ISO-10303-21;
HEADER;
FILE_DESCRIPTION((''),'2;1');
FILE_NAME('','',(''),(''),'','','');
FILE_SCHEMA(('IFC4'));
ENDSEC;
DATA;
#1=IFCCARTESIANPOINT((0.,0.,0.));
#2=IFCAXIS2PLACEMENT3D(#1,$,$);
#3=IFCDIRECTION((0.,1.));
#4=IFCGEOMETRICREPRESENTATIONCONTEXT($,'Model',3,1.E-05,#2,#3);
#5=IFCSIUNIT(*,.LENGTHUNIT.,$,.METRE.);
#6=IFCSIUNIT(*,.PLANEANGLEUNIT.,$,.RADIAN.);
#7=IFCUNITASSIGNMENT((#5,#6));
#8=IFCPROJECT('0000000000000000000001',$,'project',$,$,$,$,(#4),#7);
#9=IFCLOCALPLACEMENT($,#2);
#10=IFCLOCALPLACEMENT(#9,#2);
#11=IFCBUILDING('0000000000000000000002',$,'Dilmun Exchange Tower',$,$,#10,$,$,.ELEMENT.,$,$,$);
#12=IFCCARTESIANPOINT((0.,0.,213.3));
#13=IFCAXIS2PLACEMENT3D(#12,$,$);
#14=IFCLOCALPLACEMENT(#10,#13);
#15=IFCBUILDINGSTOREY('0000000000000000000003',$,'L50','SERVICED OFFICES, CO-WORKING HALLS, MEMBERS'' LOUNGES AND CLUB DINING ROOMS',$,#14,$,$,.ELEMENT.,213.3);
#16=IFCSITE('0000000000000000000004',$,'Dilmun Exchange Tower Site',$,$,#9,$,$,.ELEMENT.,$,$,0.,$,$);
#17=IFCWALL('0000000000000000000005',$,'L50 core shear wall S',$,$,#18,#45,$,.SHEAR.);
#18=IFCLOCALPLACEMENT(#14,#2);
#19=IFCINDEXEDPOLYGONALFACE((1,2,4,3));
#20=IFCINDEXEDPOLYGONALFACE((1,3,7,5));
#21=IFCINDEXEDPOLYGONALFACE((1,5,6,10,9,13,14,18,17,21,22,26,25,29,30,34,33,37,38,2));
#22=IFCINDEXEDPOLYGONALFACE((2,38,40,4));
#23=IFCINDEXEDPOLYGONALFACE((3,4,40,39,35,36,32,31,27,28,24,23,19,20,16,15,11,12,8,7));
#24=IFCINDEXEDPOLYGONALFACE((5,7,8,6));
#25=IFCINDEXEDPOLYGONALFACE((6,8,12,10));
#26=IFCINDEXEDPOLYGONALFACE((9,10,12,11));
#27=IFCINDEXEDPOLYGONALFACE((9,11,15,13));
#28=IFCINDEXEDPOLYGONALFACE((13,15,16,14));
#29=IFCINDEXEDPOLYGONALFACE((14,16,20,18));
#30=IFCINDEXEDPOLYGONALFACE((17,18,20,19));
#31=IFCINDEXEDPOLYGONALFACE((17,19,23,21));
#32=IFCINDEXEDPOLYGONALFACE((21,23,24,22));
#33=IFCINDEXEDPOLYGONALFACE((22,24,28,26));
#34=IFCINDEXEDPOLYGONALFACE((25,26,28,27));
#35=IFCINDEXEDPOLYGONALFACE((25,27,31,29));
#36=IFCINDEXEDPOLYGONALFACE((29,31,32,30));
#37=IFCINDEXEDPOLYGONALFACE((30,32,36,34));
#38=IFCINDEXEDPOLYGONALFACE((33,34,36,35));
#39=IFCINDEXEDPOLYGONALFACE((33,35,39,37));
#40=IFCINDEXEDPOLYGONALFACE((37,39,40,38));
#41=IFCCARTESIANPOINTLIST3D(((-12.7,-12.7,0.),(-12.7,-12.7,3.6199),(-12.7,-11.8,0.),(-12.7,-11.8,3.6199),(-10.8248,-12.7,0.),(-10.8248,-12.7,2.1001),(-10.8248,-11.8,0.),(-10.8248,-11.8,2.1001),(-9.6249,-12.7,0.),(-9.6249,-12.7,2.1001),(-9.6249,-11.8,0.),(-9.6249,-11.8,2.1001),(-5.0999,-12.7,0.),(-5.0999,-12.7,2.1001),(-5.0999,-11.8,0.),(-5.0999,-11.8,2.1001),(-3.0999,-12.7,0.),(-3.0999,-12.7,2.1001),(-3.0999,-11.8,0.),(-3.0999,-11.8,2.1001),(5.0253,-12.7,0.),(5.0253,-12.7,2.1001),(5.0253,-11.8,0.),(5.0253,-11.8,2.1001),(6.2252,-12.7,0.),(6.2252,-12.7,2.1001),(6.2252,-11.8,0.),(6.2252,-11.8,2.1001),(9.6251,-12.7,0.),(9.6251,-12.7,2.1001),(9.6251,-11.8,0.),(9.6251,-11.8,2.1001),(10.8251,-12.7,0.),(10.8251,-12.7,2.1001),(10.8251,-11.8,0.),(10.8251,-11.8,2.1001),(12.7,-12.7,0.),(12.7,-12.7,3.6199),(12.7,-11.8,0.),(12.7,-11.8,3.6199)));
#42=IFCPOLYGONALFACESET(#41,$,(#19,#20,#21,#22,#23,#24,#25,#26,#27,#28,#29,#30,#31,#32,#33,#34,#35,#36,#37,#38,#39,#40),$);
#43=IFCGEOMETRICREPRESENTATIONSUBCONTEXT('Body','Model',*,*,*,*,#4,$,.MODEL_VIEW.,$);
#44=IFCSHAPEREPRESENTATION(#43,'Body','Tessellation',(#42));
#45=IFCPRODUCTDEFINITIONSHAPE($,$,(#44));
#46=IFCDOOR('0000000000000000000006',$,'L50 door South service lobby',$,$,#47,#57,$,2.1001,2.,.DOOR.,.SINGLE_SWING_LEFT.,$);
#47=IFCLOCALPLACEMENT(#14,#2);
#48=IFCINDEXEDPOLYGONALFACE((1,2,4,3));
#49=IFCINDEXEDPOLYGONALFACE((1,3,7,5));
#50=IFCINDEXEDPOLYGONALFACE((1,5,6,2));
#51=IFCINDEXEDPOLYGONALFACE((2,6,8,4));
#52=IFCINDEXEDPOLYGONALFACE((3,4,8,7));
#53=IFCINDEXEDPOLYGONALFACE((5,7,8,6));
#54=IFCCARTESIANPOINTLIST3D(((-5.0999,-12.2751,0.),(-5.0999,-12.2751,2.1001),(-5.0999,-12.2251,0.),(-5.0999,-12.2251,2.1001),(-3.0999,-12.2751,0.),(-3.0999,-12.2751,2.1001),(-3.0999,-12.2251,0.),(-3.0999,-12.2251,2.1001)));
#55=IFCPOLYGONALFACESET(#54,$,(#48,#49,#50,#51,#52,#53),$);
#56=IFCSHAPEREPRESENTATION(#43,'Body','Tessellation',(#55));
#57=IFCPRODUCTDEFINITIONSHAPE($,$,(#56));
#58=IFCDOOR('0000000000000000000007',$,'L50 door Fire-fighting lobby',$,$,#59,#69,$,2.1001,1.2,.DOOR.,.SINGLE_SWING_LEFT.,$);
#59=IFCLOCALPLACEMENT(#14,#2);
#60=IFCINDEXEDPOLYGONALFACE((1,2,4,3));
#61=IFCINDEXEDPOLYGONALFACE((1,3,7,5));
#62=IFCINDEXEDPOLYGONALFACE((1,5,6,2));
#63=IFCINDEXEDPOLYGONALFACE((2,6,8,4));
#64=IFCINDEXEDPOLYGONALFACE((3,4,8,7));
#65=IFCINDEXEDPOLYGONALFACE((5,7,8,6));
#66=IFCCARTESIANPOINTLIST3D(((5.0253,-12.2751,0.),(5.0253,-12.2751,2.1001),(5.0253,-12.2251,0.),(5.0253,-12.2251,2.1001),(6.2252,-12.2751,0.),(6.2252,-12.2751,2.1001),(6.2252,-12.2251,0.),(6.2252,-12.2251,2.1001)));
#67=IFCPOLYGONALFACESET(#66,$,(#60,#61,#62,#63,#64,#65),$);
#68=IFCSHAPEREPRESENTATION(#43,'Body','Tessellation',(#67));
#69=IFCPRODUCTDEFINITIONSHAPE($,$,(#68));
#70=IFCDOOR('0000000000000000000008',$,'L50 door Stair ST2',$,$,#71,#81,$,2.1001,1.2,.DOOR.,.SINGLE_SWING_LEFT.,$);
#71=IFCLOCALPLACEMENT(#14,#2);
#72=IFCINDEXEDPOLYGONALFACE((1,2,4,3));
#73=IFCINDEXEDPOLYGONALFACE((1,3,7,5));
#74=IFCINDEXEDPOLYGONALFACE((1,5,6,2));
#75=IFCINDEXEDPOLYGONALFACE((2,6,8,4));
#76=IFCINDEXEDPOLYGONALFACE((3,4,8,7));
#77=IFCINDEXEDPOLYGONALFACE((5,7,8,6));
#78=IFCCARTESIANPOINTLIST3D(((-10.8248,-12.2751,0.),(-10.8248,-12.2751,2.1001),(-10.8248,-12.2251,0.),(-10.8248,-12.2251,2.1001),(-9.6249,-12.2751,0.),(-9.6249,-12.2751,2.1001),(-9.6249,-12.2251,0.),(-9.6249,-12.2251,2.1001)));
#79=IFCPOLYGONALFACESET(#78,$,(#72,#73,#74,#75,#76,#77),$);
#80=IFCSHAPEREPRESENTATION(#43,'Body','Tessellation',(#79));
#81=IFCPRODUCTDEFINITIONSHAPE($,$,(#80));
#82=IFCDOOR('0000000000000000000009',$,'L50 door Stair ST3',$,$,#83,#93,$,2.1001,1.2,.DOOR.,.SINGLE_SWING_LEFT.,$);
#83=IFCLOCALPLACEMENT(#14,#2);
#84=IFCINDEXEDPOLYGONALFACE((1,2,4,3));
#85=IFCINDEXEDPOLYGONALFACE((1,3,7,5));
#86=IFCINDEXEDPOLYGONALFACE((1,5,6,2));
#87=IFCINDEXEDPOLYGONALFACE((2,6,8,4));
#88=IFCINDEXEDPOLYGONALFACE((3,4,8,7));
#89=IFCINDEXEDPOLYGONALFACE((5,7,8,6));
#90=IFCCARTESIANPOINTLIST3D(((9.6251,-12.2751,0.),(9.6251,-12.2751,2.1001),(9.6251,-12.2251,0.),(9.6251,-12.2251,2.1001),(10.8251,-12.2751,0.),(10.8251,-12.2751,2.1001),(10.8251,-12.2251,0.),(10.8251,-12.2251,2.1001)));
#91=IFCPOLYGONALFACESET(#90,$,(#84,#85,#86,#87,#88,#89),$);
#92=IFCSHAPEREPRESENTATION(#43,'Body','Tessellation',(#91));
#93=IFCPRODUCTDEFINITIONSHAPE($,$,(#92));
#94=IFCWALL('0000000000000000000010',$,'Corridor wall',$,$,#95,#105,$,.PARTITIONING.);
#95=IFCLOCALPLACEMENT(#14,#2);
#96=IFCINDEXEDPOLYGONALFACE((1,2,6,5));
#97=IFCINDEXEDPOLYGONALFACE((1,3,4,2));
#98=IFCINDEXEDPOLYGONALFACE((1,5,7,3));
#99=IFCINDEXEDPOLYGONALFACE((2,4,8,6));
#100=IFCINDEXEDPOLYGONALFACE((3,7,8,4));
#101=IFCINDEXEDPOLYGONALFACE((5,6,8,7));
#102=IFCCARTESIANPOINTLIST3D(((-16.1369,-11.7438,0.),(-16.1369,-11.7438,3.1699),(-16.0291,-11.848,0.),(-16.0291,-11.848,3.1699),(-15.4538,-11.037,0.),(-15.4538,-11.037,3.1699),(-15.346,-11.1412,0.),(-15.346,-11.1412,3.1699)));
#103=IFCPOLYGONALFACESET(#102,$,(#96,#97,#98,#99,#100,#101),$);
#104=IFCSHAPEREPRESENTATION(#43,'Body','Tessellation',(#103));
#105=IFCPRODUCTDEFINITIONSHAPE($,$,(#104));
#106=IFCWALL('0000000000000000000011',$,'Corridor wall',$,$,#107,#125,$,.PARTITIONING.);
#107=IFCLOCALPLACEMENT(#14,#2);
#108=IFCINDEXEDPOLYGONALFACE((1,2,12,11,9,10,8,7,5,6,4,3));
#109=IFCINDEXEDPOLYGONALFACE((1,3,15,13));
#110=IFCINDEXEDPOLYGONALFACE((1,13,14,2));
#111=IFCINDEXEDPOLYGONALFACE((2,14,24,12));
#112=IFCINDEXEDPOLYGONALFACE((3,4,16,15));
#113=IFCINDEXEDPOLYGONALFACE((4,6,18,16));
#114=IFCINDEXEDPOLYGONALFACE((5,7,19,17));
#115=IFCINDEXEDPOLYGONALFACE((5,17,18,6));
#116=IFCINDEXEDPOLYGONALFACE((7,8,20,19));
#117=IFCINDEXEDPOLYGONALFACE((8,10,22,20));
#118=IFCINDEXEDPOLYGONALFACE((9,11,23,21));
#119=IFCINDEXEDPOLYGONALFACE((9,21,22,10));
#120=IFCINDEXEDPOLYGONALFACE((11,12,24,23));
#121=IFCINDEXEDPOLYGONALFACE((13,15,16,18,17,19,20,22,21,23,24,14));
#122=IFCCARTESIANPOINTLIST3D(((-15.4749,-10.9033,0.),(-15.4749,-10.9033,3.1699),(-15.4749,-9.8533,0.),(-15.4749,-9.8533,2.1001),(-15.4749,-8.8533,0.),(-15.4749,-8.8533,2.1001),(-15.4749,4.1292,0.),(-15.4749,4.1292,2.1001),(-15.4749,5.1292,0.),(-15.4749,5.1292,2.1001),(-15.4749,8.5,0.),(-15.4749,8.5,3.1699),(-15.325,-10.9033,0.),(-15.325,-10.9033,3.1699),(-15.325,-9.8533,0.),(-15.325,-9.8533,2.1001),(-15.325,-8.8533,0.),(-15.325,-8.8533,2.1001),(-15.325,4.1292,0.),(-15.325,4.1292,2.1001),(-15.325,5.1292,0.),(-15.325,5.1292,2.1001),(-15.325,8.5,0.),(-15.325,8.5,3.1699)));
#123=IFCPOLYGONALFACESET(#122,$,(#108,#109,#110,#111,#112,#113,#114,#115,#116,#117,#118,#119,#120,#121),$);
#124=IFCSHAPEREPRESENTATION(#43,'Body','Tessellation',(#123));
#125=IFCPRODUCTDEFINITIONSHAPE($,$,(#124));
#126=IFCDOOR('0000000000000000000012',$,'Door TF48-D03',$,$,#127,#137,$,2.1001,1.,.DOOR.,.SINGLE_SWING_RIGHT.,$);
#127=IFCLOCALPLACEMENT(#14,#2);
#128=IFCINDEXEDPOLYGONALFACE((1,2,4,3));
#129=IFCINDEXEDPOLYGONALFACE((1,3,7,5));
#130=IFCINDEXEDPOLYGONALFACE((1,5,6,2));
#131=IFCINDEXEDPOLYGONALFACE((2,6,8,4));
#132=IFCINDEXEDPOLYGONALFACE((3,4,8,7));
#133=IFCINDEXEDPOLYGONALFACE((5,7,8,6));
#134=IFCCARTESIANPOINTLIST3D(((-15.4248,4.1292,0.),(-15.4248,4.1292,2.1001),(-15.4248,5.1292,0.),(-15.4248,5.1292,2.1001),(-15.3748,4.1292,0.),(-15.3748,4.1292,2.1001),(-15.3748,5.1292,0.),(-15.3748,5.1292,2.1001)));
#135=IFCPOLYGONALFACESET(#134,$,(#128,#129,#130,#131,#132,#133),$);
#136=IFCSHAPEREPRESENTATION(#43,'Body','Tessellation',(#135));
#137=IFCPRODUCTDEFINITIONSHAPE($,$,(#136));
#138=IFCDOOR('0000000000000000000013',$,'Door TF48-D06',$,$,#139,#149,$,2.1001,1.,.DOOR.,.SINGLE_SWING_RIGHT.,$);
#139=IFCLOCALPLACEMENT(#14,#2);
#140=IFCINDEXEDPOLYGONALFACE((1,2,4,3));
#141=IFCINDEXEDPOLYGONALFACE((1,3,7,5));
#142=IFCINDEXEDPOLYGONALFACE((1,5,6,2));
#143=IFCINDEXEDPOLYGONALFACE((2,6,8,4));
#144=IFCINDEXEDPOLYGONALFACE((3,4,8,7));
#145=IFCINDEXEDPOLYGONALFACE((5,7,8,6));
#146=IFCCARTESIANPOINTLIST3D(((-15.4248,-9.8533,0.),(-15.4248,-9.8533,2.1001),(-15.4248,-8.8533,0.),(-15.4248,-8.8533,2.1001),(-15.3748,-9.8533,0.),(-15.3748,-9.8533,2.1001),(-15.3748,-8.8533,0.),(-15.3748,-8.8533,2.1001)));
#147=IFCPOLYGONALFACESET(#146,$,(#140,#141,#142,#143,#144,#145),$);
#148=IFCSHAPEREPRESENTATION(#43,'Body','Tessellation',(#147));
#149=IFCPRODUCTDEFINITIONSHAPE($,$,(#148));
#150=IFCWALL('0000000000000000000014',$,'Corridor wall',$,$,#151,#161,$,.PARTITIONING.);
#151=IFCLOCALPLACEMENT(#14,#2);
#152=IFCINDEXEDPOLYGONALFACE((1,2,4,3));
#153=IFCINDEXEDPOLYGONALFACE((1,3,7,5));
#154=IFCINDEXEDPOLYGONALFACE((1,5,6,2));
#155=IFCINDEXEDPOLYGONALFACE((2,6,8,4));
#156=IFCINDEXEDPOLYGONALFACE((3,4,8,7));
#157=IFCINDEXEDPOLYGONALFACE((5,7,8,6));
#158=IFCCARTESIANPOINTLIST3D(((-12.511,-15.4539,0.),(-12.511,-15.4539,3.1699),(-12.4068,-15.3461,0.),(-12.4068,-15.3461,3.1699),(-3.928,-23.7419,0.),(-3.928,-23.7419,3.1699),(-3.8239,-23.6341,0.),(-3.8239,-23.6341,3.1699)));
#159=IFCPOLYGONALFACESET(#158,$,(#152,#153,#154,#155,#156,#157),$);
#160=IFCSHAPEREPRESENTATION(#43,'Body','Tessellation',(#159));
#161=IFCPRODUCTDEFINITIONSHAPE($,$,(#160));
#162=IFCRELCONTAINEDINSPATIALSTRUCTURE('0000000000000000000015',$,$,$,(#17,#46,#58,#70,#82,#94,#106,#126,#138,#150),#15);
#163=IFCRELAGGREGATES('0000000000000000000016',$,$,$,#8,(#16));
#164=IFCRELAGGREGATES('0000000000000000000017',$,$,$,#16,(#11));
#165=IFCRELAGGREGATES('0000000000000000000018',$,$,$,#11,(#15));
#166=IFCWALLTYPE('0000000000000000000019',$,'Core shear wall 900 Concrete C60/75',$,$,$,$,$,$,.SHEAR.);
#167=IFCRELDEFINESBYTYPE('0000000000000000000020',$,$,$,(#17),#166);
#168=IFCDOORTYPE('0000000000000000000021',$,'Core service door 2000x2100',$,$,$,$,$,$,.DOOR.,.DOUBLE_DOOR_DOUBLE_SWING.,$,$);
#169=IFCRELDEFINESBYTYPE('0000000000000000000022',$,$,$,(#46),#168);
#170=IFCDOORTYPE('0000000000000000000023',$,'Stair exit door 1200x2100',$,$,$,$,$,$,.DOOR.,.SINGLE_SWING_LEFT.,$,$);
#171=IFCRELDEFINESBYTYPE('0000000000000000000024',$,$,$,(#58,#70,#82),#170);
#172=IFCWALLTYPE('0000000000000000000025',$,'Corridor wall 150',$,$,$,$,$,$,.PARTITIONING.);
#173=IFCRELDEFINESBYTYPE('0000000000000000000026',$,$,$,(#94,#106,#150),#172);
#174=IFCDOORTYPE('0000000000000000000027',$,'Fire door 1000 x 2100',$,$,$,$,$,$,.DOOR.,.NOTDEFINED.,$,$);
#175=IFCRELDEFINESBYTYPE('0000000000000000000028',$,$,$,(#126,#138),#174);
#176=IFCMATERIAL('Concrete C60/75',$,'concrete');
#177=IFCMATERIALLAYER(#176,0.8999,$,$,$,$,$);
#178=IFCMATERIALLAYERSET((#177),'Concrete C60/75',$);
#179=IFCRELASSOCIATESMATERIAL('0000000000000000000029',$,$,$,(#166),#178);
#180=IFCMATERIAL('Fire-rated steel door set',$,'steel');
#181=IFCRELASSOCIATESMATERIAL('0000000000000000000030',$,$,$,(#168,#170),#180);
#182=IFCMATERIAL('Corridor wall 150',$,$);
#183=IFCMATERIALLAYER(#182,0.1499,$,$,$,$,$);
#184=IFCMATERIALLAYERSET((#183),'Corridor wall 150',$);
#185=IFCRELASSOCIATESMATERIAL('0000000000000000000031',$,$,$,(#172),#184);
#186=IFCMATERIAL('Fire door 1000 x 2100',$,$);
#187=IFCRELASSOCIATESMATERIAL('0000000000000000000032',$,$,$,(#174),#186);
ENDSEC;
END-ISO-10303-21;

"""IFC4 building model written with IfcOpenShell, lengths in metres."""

from ifc_helpers import new_model, si_unit, direction, frame, frame_2d, origin, place, context, subcontext, project, spatial, rectangle, extrude, material, layer, layer_set, type_object, element, fill, save


model = new_model("IFC4")

# Units and contexts
model_context = context("Model", 3, precision=1e-05, world=origin(), true_north=direction((0.0, 1.0)))
body_context = subcontext(model_context, "Body", "Model", "MODEL_VIEW")
ifc_project = project(units=[si_unit("LENGTHUNIT", "METRE"), si_unit("PLANEANGLEUNIT", "RADIAN")], contexts=[model_context])

# Site, building, storey
site_placement = place(None, origin())
site = spatial("IfcSite", under=ifc_project, at=site_placement, Name="Dilmun Exchange Tower Site", CompositionType="ELEMENT", RefElevation=0.0)
building_placement = place(site_placement, origin())
building = spatial("IfcBuilding", under=site, at=building_placement, Name="Dilmun Exchange Tower", CompositionType="ELEMENT")
storey_placement = place(building_placement, frame((0.0, 0.0, 213.3)))
storey = spatial("IfcBuildingStorey", under=building, at=storey_placement, Name="L50", Description="SERVICED OFFICES, CO-WORKING HALLS, MEMBERS' LOUNGES AND CLUB DINING ROOMS", CompositionType="ELEMENT", Elevation=213.3)

# Shared definitions
ifc_material_1 = material(Name="Concrete C60/75", Category="concrete")

# Wall, openings, doors
ifc_layer_1 = layer(ifc_material_1, 0.8999)
ifc_layer_set_1 = layer_set([ifc_layer_1], Name="Concrete C60/75")
wall_type_1 = type_object("IfcWallType", Name="Core shear wall 900 Concrete C60/75", PredefinedType="SHEAR", material=ifc_layer_set_1)
wall_1_placement = place(storey_placement, frame((-12.7, -12.25, 0.0), z_axis=(0.0, 0.0, 1.0), x_axis=(1.0, 0.0, 0.0)))
wall_1 = element("IfcWall", 1, at=wall_1_placement, inside=storey, type_object=wall_type_1, Name="L50 core shear wall S", PredefinedType="SHEAR", context=body_context, shape_type="SweptSolid", body=[
    extrude(rectangle(XDim=25.3999, YDim=0.8999, at=frame_2d((12.7, 0.0))), origin(), (0.0, 0.0, 1.0), 3.6199),
])
opening_1_placement = place(wall_1_placement, frame((7.6001, 0.0, 0.0)))
opening_1 = element("IfcOpeningElement", 2, at=opening_1_placement, cuts=wall_1, PredefinedType="OPENING", context=body_context, shape_type="SweptSolid", body=[
    extrude(rectangle(XDim=2.0, YDim=2.1001, at=frame_2d((1.0, 1.05))), frame((0.0, 0.46, 0.0), z_axis=(0.0, -1.0, 0.0), x_axis=(1.0, 0.0, 0.0)), (0.0, 0.0, 1.0), 0.9199),
])
opening_2_placement = place(wall_1_placement, frame((17.7251, 0.0, 0.0)))
opening_2 = element("IfcOpeningElement", 3, at=opening_2_placement, cuts=wall_1, PredefinedType="OPENING", context=body_context, shape_type="SweptSolid", body=[
    extrude(rectangle(XDim=1.2, YDim=2.1001, at=frame_2d((0.6001, 1.05))), frame((0.0, 0.46, 0.0), z_axis=(0.0, -1.0, 0.0), x_axis=(1.0, 0.0, 0.0)), (0.0, 0.0, 1.0), 0.9199),
])
opening_3_placement = place(wall_1_placement, frame((1.875, 0.0, 0.0)))
opening_3 = element("IfcOpeningElement", 4, at=opening_3_placement, cuts=wall_1, PredefinedType="OPENING", context=body_context, shape_type="SweptSolid", body=[
    extrude(rectangle(XDim=1.2, YDim=2.1001, at=frame_2d((0.6001, 1.05))), frame((0.0, 0.46, 0.0), z_axis=(0.0, -1.0, 0.0), x_axis=(1.0, 0.0, 0.0)), (0.0, 0.0, 1.0), 0.9199),
])
opening_4_placement = place(wall_1_placement, frame((22.325, 0.0, 0.0)))
opening_4 = element("IfcOpeningElement", 5, at=opening_4_placement, cuts=wall_1, PredefinedType="OPENING", context=body_context, shape_type="SweptSolid", body=[
    extrude(rectangle(XDim=1.2, YDim=2.1001, at=frame_2d((0.6001, 1.05))), frame((0.0, 0.46, 0.0), z_axis=(0.0, -1.0, 0.0), x_axis=(1.0, 0.0, 0.0)), (0.0, 0.0, 1.0), 0.9199),
])
ifc_material_2 = material(Name="Fire-rated steel door set", Category="steel")
door_type_1 = type_object("IfcDoorType", Name="Core service door 2000x2100", OperationType="DOUBLE_DOOR_DOUBLE_SWING", PredefinedType="DOOR", material=ifc_material_2)
door_1_placement = place(opening_1_placement, origin())
door_1 = element("IfcDoor", 6, at=door_1_placement, inside=storey, type_object=door_type_1, Name="L50 door South service lobby", OperationType="SINGLE_SWING_LEFT", OverallHeight=2.1001, OverallWidth=2.0, PredefinedType="DOOR", context=body_context, shape_type="SweptSolid", body=[
    extrude(rectangle(XDim=2.0, YDim=2.1001, at=frame_2d((1.0, 1.05))), frame((0.0, 0.0249, 0.0), z_axis=(0.0, -1.0, 0.0), x_axis=(1.0, 0.0, 0.0)), (0.0, 0.0, 1.0), 0.05),
])
fill(opening_1, door_1)
door_type_2 = type_object("IfcDoorType", Name="Stair exit door 1200x2100", OperationType="SINGLE_SWING_LEFT", PredefinedType="DOOR", material=ifc_material_2)
door_2_placement = place(opening_2_placement, origin())
door_2 = element("IfcDoor", 7, at=door_2_placement, inside=storey, type_object=door_type_2, Name="L50 door Fire-fighting lobby", OperationType="SINGLE_SWING_LEFT", OverallHeight=2.1001, OverallWidth=1.2, PredefinedType="DOOR", context=body_context, shape_type="SweptSolid", body=[
    extrude(rectangle(XDim=1.2, YDim=2.1001, at=frame_2d((0.6001, 1.05))), frame((0.0, 0.0249, 0.0), z_axis=(0.0, -1.0, 0.0), x_axis=(1.0, 0.0, 0.0)), (0.0, 0.0, 1.0), 0.05),
])
fill(opening_2, door_2)
door_3_placement = place(opening_3_placement, origin())
door_3 = element("IfcDoor", 8, at=door_3_placement, inside=storey, type_object=door_type_2, Name="L50 door Stair ST2", OperationType="SINGLE_SWING_LEFT", OverallHeight=2.1001, OverallWidth=1.2, PredefinedType="DOOR", context=body_context, shape_type="SweptSolid", body=[
    extrude(rectangle(XDim=1.2, YDim=2.1001, at=frame_2d((0.6001, 1.05))), frame((0.0, 0.0249, 0.0), z_axis=(0.0, -1.0, 0.0), x_axis=(1.0, 0.0, 0.0)), (0.0, 0.0, 1.0), 0.05),
])
fill(opening_3, door_3)
door_4_placement = place(opening_4_placement, origin())
door_4 = element("IfcDoor", 9, at=door_4_placement, inside=storey, type_object=door_type_2, Name="L50 door Stair ST3", OperationType="SINGLE_SWING_LEFT", OverallHeight=2.1001, OverallWidth=1.2, PredefinedType="DOOR", context=body_context, shape_type="SweptSolid", body=[
    extrude(rectangle(XDim=1.2, YDim=2.1001, at=frame_2d((0.6001, 1.05))), frame((0.0, 0.0249, 0.0), z_axis=(0.0, -1.0, 0.0), x_axis=(1.0, 0.0, 0.0)), (0.0, 0.0, 1.0), 0.05),
])
fill(opening_4, door_4)

# Wall
ifc_material_3 = material(Name="Corridor wall 150")
ifc_layer_2 = layer(ifc_material_3, 0.1499)
ifc_layer_set_2 = layer_set([ifc_layer_2], Name="Corridor wall 150")
wall_type_2 = type_object("IfcWallType", Name="Corridor wall 150", PredefinedType="PARTITIONING", material=ifc_layer_set_2)
wall_2_placement = place(storey_placement, frame((-16.083, -11.7959, 0.0), z_axis=(0.0, 0.0, 1.0), x_axis=(0.694958, 0.71905, 0.0)))
element("IfcWall", 10, at=wall_2_placement, inside=storey, type_object=wall_type_2, Name="Corridor wall", PredefinedType="PARTITIONING", context=body_context, shape_type="SweptSolid", body=[
    extrude(rectangle(XDim=0.9829, YDim=0.1499, at=frame_2d((0.4915, 0.0))), origin(), (0.0, 0.0, 1.0), 3.1699),
])

# Wall, openings, doors
wall_3_placement = place(storey_placement, frame((-15.3999, -10.9033, 0.0), z_axis=(0.0, 0.0, 1.0), x_axis=(0.0, 1.0, 0.0)))
wall_3 = element("IfcWall", 11, at=wall_3_placement, inside=storey, type_object=wall_type_2, Name="Corridor wall", PredefinedType="PARTITIONING", context=body_context, shape_type="SweptSolid", body=[
    extrude(rectangle(XDim=19.4033, YDim=0.1499, at=frame_2d((9.7017, 0.0))), origin(), (0.0, 0.0, 1.0), 3.1699),
])
opening_5_placement = place(wall_3_placement, frame((15.0325, 0.0, 0.0)))
opening_5 = element("IfcOpeningElement", 12, at=opening_5_placement, cuts=wall_3, PredefinedType="OPENING", context=body_context, shape_type="SweptSolid", body=[
    extrude(rectangle(XDim=1.0, YDim=2.1001, at=frame_2d((0.5, 1.05))), frame((0.0, 0.085, 0.0), z_axis=(0.0, -1.0, 0.0), x_axis=(1.0, 0.0, 0.0)), (0.0, 0.0, 1.0), 0.1699),
])
opening_6_placement = place(wall_3_placement, frame((1.05, 0.0, 0.0)))
opening_6 = element("IfcOpeningElement", 13, at=opening_6_placement, cuts=wall_3, PredefinedType="OPENING", context=body_context, shape_type="SweptSolid", body=[
    extrude(rectangle(XDim=1.0, YDim=2.1001, at=frame_2d((0.5, 1.05))), frame((0.0, 0.085, 0.0), z_axis=(0.0, -1.0, 0.0), x_axis=(1.0, 0.0, 0.0)), (0.0, 0.0, 1.0), 0.1699),
])
ifc_material_4 = material(Name="Fire door 1000 x 2100")
door_type_3 = type_object("IfcDoorType", Name="Fire door 1000 x 2100", OperationType="NOTDEFINED", PredefinedType="DOOR", material=ifc_material_4)
door_5_placement = place(opening_5_placement, origin())
door_5 = element("IfcDoor", 14, at=door_5_placement, inside=storey, type_object=door_type_3, Name="Door TF48-D03", OperationType="SINGLE_SWING_RIGHT", OverallHeight=2.1001, OverallWidth=1.0, PredefinedType="DOOR", context=body_context, shape_type="SweptSolid", body=[
    extrude(rectangle(XDim=1.0, YDim=2.1001, at=frame_2d((0.5, 1.05))), frame((0.0, 0.0249, 0.0), z_axis=(0.0, -1.0, 0.0), x_axis=(1.0, 0.0, 0.0)), (0.0, 0.0, 1.0), 0.05),
])
fill(opening_5, door_5)
door_6_placement = place(opening_6_placement, origin())
door_6 = element("IfcDoor", 15, at=door_6_placement, inside=storey, type_object=door_type_3, Name="Door TF48-D06", OperationType="SINGLE_SWING_RIGHT", OverallHeight=2.1001, OverallWidth=1.0, PredefinedType="DOOR", context=body_context, shape_type="SweptSolid", body=[
    extrude(rectangle(XDim=1.0, YDim=2.1001, at=frame_2d((0.5, 1.05))), frame((0.0, 0.0249, 0.0), z_axis=(0.0, -1.0, 0.0), x_axis=(1.0, 0.0, 0.0)), (0.0, 0.0, 1.0), 0.05),
])
fill(opening_6, door_6)

# Wall
wall_4_placement = place(storey_placement, frame((-12.459, -15.3999, 0.0), z_axis=(0.0, 0.0, 1.0), x_axis=(0.719358, -0.69464, 0.0)))
element("IfcWall", 16, at=wall_4_placement, inside=storey, type_object=wall_type_2, Name="Corridor wall", PredefinedType="PARTITIONING", context=body_context, shape_type="SweptSolid", body=[
    extrude(rectangle(XDim=11.9314, YDim=0.1499, at=frame_2d((5.9658, 0.0))), origin(), (0.0, 0.0, 1.0), 3.1699),
])

save(model, "model.ifc")
